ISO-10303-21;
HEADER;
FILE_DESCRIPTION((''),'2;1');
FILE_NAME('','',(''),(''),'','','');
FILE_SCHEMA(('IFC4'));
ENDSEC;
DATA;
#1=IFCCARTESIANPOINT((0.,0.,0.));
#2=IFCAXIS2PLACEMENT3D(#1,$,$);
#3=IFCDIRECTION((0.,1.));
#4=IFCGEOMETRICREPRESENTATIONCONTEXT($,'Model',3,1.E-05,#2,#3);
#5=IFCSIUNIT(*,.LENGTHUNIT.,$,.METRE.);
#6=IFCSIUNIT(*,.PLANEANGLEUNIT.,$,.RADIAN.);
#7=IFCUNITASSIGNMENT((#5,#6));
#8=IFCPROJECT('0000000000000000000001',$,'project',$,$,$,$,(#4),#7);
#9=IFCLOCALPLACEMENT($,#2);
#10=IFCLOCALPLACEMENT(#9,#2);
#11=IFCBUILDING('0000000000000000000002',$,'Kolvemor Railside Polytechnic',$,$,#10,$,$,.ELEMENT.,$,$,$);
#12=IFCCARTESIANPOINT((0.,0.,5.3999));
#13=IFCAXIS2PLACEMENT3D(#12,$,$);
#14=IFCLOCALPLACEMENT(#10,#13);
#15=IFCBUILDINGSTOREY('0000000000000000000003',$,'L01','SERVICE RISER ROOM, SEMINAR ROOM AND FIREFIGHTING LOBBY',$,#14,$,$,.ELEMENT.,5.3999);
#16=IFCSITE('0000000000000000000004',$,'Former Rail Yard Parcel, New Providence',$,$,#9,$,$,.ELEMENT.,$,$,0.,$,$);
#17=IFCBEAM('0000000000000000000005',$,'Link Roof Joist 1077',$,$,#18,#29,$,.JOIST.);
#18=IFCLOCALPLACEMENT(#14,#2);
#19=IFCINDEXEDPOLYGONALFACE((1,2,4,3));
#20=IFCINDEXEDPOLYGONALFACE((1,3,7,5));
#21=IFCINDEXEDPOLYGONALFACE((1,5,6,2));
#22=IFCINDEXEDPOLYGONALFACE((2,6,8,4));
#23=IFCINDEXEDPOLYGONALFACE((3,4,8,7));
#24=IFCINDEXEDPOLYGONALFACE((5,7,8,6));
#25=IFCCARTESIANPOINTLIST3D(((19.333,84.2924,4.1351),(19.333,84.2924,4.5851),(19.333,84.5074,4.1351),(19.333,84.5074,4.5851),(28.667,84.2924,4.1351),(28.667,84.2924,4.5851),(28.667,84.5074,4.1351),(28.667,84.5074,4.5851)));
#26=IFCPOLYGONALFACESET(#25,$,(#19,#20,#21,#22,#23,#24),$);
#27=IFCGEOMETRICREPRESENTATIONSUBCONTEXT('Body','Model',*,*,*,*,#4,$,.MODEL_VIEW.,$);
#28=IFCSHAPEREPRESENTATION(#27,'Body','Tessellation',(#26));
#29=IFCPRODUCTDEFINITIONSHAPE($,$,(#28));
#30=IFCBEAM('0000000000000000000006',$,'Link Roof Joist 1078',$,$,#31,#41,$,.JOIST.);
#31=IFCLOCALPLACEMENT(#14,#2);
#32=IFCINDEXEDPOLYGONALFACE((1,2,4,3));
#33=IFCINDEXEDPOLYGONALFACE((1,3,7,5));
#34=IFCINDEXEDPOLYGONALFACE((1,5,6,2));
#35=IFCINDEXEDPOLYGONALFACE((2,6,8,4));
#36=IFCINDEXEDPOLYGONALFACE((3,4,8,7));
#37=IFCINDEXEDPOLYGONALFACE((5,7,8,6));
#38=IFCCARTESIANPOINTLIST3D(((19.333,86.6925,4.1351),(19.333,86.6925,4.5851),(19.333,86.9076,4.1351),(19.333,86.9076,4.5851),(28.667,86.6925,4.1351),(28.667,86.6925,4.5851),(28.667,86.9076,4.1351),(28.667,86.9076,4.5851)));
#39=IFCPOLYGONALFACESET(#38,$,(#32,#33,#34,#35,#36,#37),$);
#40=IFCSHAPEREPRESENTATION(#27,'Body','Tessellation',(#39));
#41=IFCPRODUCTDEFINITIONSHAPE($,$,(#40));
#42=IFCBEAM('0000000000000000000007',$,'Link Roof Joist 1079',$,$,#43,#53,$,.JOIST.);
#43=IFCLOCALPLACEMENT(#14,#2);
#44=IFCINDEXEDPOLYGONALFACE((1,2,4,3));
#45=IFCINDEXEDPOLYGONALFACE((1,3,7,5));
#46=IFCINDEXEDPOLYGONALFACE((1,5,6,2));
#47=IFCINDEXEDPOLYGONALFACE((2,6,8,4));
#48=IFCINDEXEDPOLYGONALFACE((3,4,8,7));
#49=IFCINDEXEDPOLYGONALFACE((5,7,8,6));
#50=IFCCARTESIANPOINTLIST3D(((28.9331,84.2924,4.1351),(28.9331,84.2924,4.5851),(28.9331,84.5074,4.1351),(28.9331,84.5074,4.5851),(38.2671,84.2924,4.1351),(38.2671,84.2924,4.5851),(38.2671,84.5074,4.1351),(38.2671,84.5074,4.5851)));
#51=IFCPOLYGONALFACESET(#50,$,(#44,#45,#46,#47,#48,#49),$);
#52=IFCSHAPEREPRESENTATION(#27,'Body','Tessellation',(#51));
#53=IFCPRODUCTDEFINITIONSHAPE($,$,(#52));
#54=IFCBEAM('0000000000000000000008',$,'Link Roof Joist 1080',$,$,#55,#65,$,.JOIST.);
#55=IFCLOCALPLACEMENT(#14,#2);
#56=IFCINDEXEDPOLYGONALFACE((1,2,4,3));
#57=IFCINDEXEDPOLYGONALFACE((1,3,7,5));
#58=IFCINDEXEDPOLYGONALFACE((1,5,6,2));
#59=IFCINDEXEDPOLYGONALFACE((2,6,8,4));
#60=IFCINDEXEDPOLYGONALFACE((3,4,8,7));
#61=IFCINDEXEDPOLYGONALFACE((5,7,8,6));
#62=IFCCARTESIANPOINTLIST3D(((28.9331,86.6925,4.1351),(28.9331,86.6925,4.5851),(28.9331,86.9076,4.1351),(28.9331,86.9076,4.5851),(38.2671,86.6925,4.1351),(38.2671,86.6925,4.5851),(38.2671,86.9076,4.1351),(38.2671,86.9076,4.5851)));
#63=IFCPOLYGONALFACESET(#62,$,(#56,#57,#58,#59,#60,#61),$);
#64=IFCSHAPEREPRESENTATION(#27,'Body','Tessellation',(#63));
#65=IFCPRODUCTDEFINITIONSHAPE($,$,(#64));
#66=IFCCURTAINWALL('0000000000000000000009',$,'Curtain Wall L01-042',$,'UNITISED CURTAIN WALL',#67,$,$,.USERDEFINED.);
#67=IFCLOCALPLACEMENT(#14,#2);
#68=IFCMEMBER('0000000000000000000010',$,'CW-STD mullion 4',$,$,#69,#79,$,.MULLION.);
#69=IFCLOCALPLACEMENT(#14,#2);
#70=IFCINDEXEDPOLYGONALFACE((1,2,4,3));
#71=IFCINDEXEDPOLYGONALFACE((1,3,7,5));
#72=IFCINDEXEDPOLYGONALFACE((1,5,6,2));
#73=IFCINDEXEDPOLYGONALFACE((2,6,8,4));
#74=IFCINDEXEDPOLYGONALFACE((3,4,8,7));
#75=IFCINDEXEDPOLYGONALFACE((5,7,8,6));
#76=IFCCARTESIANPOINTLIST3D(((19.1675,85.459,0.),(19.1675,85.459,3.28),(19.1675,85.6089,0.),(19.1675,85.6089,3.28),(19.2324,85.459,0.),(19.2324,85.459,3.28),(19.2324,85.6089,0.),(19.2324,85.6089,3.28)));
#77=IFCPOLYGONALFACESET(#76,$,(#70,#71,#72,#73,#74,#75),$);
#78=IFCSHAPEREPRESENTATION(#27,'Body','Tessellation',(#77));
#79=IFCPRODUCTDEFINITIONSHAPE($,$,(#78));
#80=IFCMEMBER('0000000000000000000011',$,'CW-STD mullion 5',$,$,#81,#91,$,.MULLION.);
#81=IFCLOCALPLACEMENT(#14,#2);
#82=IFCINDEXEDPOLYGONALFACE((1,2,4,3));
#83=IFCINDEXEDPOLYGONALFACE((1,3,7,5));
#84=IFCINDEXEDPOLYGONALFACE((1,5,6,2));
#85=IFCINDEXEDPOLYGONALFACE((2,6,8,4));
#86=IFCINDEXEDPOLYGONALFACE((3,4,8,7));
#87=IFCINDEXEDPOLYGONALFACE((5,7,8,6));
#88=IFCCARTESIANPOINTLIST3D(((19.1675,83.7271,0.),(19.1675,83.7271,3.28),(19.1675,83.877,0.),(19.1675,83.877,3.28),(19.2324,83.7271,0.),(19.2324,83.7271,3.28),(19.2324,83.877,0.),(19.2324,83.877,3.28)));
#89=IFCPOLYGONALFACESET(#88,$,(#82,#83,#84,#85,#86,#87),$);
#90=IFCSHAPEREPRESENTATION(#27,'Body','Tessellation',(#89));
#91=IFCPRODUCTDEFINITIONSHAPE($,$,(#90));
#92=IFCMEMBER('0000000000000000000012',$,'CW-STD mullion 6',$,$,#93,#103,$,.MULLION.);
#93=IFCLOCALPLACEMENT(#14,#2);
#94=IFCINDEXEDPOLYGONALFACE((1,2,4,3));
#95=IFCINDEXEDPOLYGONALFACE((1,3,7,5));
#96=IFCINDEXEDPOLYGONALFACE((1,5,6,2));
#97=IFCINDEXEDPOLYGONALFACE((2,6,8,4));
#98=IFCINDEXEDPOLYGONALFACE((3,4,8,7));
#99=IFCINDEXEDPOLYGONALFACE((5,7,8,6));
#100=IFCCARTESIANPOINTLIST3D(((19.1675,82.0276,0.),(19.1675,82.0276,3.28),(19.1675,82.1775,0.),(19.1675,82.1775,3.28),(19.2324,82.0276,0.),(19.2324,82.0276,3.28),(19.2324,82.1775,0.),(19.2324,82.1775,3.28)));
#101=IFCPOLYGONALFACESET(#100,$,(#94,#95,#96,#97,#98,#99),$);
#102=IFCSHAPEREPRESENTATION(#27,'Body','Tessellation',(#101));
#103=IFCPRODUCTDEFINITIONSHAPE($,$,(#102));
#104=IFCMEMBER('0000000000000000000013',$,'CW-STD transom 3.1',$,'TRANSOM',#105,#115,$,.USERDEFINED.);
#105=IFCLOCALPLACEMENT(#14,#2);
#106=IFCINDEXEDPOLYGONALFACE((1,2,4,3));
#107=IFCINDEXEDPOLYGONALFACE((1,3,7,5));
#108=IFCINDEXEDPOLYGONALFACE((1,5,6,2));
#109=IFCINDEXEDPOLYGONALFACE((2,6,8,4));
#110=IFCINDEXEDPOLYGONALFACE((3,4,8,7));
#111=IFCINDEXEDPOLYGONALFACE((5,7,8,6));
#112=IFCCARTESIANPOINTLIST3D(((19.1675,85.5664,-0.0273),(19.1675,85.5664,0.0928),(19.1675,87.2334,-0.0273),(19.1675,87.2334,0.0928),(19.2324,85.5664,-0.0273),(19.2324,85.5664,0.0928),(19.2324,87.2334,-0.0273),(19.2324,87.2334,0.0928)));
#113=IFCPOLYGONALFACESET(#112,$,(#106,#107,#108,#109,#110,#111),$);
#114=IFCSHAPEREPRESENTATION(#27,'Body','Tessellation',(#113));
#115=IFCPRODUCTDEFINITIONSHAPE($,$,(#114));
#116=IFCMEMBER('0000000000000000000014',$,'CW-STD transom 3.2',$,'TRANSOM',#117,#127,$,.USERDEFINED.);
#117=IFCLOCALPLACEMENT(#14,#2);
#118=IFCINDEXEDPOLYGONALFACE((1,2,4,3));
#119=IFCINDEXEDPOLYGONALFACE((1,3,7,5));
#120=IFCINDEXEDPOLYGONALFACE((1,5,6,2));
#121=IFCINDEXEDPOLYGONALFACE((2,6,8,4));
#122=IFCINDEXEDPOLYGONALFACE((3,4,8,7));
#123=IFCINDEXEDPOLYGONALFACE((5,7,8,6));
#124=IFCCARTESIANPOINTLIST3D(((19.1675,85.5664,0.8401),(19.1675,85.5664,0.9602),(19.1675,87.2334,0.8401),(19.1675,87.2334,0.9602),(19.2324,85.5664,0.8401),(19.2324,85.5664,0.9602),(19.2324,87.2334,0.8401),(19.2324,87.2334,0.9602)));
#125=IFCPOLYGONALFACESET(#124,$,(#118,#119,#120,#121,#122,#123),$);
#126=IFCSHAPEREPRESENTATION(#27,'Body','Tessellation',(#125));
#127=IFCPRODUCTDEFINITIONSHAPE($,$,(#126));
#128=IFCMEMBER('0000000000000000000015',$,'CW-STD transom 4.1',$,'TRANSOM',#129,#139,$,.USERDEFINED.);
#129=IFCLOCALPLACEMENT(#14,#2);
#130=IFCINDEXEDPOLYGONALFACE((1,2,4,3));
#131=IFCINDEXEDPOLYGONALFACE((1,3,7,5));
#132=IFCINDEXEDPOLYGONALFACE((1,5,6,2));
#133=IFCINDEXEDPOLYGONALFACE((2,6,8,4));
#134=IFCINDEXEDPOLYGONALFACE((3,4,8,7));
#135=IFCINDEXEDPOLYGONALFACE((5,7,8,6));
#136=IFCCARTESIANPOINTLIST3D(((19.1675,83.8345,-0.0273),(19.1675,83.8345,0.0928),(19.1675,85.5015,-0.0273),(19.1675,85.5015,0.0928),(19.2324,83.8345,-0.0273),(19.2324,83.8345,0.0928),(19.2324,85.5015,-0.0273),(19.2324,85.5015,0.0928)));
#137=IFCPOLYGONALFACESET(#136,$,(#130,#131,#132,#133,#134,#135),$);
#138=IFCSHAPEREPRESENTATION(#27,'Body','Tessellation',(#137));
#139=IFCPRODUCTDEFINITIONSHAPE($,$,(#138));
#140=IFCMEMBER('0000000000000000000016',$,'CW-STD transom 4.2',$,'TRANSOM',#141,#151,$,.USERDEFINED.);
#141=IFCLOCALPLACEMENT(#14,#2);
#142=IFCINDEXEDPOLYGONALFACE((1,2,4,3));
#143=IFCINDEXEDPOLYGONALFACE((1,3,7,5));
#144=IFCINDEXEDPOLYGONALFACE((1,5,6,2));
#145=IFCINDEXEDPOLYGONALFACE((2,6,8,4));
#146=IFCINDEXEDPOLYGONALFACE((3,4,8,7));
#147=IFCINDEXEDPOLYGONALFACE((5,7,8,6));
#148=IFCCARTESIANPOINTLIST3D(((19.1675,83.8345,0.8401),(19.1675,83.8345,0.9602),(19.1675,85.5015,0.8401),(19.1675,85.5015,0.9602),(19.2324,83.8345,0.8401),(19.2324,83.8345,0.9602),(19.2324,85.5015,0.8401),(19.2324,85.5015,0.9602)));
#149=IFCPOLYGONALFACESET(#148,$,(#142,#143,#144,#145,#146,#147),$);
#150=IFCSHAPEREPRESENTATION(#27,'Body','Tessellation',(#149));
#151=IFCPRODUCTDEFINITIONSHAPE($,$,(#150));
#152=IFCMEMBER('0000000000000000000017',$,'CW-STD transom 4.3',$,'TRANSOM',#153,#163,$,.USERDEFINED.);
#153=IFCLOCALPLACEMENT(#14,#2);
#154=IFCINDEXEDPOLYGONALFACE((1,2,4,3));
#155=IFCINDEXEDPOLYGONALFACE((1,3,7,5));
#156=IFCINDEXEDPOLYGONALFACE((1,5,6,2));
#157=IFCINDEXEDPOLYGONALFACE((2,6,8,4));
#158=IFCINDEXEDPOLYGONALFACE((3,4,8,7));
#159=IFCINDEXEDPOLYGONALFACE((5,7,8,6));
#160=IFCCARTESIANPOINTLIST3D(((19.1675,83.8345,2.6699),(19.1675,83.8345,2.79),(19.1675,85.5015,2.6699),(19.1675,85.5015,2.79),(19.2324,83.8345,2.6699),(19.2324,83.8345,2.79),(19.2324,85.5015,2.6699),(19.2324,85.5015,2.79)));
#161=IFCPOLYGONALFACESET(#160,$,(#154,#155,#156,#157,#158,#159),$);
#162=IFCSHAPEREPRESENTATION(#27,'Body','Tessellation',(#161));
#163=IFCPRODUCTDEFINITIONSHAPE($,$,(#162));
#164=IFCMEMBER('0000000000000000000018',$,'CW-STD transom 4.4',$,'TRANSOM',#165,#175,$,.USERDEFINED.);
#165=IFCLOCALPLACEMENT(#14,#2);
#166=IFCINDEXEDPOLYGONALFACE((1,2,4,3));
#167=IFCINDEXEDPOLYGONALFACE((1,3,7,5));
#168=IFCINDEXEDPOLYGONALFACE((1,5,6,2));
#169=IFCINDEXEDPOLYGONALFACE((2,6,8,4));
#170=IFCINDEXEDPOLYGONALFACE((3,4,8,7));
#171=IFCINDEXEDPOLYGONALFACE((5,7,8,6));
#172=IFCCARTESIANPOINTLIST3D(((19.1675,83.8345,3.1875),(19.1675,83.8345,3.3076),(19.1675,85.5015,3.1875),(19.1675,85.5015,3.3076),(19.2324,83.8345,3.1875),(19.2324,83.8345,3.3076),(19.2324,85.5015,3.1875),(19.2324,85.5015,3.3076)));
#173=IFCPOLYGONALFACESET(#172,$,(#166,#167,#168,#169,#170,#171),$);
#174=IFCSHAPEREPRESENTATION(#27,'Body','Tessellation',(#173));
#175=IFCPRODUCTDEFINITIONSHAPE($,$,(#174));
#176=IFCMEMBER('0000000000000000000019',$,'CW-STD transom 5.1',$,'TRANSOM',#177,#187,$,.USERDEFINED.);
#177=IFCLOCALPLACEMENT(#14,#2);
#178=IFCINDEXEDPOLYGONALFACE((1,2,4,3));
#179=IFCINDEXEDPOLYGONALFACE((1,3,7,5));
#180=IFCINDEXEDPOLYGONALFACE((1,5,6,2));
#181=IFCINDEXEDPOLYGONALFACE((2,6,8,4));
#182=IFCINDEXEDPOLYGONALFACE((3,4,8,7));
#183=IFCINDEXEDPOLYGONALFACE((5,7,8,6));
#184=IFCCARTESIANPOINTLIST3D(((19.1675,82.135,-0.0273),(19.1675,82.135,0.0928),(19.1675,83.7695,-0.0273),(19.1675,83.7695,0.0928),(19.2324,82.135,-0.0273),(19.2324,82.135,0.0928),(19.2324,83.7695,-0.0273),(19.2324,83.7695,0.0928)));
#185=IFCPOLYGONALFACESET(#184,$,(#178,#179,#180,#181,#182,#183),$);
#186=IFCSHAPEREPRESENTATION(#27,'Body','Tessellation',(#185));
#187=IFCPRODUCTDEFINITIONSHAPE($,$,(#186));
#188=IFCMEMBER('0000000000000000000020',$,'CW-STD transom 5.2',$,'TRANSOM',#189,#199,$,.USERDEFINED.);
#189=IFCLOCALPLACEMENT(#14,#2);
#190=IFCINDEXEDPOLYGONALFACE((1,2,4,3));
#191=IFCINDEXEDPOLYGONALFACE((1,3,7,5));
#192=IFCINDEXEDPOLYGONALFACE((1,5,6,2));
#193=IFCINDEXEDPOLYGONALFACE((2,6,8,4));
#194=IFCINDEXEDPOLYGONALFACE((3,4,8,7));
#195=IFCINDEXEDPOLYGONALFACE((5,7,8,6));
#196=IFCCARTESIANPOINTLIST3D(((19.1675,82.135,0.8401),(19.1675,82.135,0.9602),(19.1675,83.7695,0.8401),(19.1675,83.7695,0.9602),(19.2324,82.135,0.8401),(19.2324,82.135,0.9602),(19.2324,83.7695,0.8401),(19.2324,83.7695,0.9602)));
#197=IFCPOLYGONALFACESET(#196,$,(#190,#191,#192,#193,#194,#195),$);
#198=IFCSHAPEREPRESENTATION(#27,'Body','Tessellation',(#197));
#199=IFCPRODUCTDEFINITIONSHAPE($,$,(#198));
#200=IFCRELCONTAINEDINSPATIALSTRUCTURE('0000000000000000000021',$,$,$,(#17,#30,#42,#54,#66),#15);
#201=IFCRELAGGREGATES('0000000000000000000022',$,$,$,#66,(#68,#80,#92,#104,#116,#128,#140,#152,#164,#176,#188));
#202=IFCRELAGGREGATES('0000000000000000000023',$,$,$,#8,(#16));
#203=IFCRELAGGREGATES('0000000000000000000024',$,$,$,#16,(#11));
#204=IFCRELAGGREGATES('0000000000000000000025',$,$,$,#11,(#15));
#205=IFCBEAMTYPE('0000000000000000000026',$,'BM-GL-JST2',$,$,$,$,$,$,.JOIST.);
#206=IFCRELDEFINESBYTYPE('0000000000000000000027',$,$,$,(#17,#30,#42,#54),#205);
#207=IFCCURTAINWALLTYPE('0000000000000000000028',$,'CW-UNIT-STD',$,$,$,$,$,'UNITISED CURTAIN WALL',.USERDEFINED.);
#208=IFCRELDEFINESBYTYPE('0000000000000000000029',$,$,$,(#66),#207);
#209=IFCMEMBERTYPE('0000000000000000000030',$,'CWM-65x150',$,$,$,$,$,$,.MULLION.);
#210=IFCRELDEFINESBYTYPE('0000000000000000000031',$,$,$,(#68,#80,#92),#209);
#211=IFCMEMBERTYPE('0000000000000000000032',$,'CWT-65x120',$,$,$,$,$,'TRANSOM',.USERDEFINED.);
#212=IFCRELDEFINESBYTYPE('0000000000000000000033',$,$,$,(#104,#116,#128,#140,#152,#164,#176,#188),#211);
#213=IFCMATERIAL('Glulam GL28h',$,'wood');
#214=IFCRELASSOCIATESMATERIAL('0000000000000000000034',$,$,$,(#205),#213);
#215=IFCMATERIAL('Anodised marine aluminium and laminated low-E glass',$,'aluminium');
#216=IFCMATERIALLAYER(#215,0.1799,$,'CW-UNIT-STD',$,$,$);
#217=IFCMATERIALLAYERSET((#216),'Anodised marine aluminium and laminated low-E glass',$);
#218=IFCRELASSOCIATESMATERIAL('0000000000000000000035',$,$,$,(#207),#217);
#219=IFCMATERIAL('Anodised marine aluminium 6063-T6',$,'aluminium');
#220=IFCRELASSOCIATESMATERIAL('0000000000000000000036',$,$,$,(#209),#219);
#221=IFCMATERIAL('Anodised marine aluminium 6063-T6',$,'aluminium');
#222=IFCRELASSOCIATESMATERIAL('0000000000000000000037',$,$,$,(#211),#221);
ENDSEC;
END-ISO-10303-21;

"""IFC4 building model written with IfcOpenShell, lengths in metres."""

from ifc_helpers import new_model, si_unit, direction, frame, origin, origin_2d, place, context, subcontext, project, spatial, rectangle, extrude, material, layer, layer_set, material_profile, profile_set, type_object, element, aggregate, save


model = new_model("IFC4")

# Units and contexts
model_context = context("Model", 3, precision=1e-05, world=origin(), true_north=direction((0.0, 1.0)))
body_context = subcontext(model_context, "Body", "Model", "MODEL_VIEW")
ifc_project = project(units=[si_unit("LENGTHUNIT", "METRE"), si_unit("PLANEANGLEUNIT", "RADIAN")], contexts=[model_context])

# Site, building, storey
site_placement = place(None, origin())
site = spatial("IfcSite", under=ifc_project, at=site_placement, Name="Former Rail Yard Parcel, New Providence", CompositionType="ELEMENT", RefElevation=0.0)
building_placement = place(site_placement, origin())
building = spatial("IfcBuilding", under=site, at=building_placement, Name="Kolvemor Railside Polytechnic", CompositionType="ELEMENT")
storey_placement = place(building_placement, frame((0.0, 0.0, 5.3999)))
storey = spatial("IfcBuildingStorey", under=building, at=storey_placement, Name="L01", Description="SERVICE RISER ROOM, SEMINAR ROOM AND FIREFIGHTING LOBBY", CompositionType="ELEMENT", Elevation=5.3999)

# Beams
ifc_material_1 = material(Name="Glulam GL28h", Category="wood")
ifc_material_profile_1 = material_profile(ifc_material_1, rectangle(XDim=0.2151, YDim=0.45, at=origin_2d()), Name="GL215x450")
ifc_profile_set_1 = profile_set([ifc_material_profile_1], Name="Glulam GL28h")
beam_type = type_object("IfcBeamType", Name="BM-GL-JST2", PredefinedType="JOIST", material=ifc_profile_set_1)
for number, where, z_axis, x_axis, name in (
    (1, (19.333, 84.3999, 4.3601), (1.0, 0.0, 0.0), (0.0, 1.0, 0.0), "Link Roof Joist 1077"),
    (2, (19.333, 86.8, 4.3601), (1.0, 0.0, 0.0), (0.0, 1.0, 0.0), "Link Roof Joist 1078"),
    (3, (28.9331, 84.3999, 4.3601), (1.0, 0.0, 0.0), (0.0, 1.0, 0.0), "Link Roof Joist 1079"),
    (4, (28.9331, 86.8, 4.3601), (1.0, 0.0, 0.0), (0.0, 1.0, 0.0), "Link Roof Joist 1080"),
):
    element("IfcBeam", number, at=place(storey_placement, frame(where, z_axis=z_axis, x_axis=x_axis)), inside=storey, type_object=beam_type, Name=name, PredefinedType="JOIST", context=body_context, shape_type="SweptSolid", body=[
        extrude(rectangle(XDim=0.2151, YDim=0.45, at=origin_2d()), origin(), (0.0, 0.0, 1.0), 9.334),
    ])

# Curtain wall, members
ifc_material_2 = material(Name="Anodised marine aluminium and laminated low-E glass", Category="aluminium")
ifc_layer_1 = layer(ifc_material_2, 0.1799, Name="CW-UNIT-STD")
ifc_layer_set_1 = layer_set([ifc_layer_1], Name="Anodised marine aluminium and laminated low-E glass")
curtain_wall_type = type_object("IfcCurtainWallType", Name="CW-UNIT-STD", ElementType="UNITISED CURTAIN WALL", PredefinedType="USERDEFINED", material=ifc_layer_set_1)
curtain_wall_1_placement = place(storey_placement, origin())
curtain_wall_1 = element("IfcCurtainWall", 5, at=curtain_wall_1_placement, inside=storey, type_object=curtain_wall_type, Name="Curtain Wall L01-042", ObjectType="UNITISED CURTAIN WALL", PredefinedType="USERDEFINED")
ifc_material_3 = material(Name="Anodised marine aluminium 6063-T6", Category="aluminium")
ifc_material_profile_2 = material_profile(ifc_material_3, rectangle(XDim=0.0649, YDim=0.1499, at=origin_2d()), Name="CW-MUL-65x150")
ifc_profile_set_2 = profile_set([ifc_material_profile_2], Name="Anodised marine aluminium 6063-T6")
member_type_1 = type_object("IfcMemberType", Name="CWM-65x150", PredefinedType="MULLION", material=ifc_profile_set_2)
member_1_placement = place(storey_placement, frame((19.2, 85.5339, 0.0), z_axis=(0.0, 0.0, 1.0), x_axis=(1.0, 0.0, 0.0)))
member_1 = element("IfcMember", 6, at=member_1_placement, type_object=member_type_1, Name="CW-STD mullion 4", PredefinedType="MULLION", context=body_context, shape_type="SweptSolid", body=[
    extrude(rectangle(XDim=0.0649, YDim=0.1499, at=origin_2d()), origin(), (0.0, 0.0, 1.0), 3.28),
])
member_2_placement = place(storey_placement, frame((19.2, 83.802, 0.0), z_axis=(0.0, 0.0, 1.0), x_axis=(1.0, 0.0, 0.0)))
member_2 = element("IfcMember", 7, at=member_2_placement, type_object=member_type_1, Name="CW-STD mullion 5", PredefinedType="MULLION", context=body_context, shape_type="SweptSolid", body=[
    extrude(rectangle(XDim=0.0649, YDim=0.1499, at=origin_2d()), origin(), (0.0, 0.0, 1.0), 3.28),
])
member_3_placement = place(storey_placement, frame((19.2, 82.1025, 0.0), z_axis=(0.0, 0.0, 1.0), x_axis=(1.0, 0.0, 0.0)))
member_3 = element("IfcMember", 8, at=member_3_placement, type_object=member_type_1, Name="CW-STD mullion 6", PredefinedType="MULLION", context=body_context, shape_type="SweptSolid", body=[
    extrude(rectangle(XDim=0.0649, YDim=0.1499, at=origin_2d()), origin(), (0.0, 0.0, 1.0), 3.28),
])
ifc_material_4 = material(Name="Anodised marine aluminium 6063-T6", Category="aluminium")
ifc_material_profile_3 = material_profile(ifc_material_4, rectangle(XDim=0.0649, YDim=0.1201, at=origin_2d()), Name="CW-TRN-65x120")
ifc_profile_set_3 = profile_set([ifc_material_profile_3], Name="Anodised marine aluminium 6063-T6")
member_type_2 = type_object("IfcMemberType", Name="CWT-65x120", ElementType="TRANSOM", PredefinedType="USERDEFINED", material=ifc_profile_set_3)
member_4_placement = place(storey_placement, frame((19.2, 87.2334, 0.0327), z_axis=(0.0, -1.0, 0.0), x_axis=(1.0, 0.0, 0.0)))
member_4 = element("IfcMember", 9, at=member_4_placement, type_object=member_type_2, Name="CW-STD transom 3.1", ObjectType="TRANSOM", PredefinedType="USERDEFINED", context=body_context, shape_type="SweptSolid", body=[
    extrude(rectangle(XDim=0.0649, YDim=0.1201, at=origin_2d()), origin(), (0.0, 0.0, 1.0), 1.667),
])
member_5_placement = place(storey_placement, frame((19.2, 87.2334, 0.9001), z_axis=(0.0, -1.0, 0.0), x_axis=(1.0, 0.0, 0.0)))
member_5 = element("IfcMember", 10, at=member_5_placement, type_object=member_type_2, Name="CW-STD transom 3.2", ObjectType="TRANSOM", PredefinedType="USERDEFINED", context=body_context, shape_type="SweptSolid", body=[
    extrude(rectangle(XDim=0.0649, YDim=0.1201, at=origin_2d()), origin(), (0.0, 0.0, 1.0), 1.667),
])
member_6_placement = place(storey_placement, frame((19.2, 85.5015, 0.0327), z_axis=(0.0, -1.0, 0.0), x_axis=(1.0, 0.0, 0.0)))
member_6 = element("IfcMember", 11, at=member_6_placement, type_object=member_type_2, Name="CW-STD transom 4.1", ObjectType="TRANSOM", PredefinedType="USERDEFINED", context=body_context, shape_type="SweptSolid", body=[
    extrude(rectangle(XDim=0.0649, YDim=0.1201, at=origin_2d()), origin(), (0.0, 0.0, 1.0), 1.667),
])
member_7_placement = place(storey_placement, frame((19.2, 85.5015, 0.9001), z_axis=(0.0, -1.0, 0.0), x_axis=(1.0, 0.0, 0.0)))
member_7 = element("IfcMember", 12, at=member_7_placement, type_object=member_type_2, Name="CW-STD transom 4.2", ObjectType="TRANSOM", PredefinedType="USERDEFINED", context=body_context, shape_type="SweptSolid", body=[
    extrude(rectangle(XDim=0.0649, YDim=0.1201, at=origin_2d()), origin(), (0.0, 0.0, 1.0), 1.667),
])
member_8_placement = place(storey_placement, frame((19.2, 85.5015, 2.73), z_axis=(0.0, -1.0, 0.0), x_axis=(1.0, 0.0, 0.0)))
member_8 = element("IfcMember", 13, at=member_8_placement, type_object=member_type_2, Name="CW-STD transom 4.3", ObjectType="TRANSOM", PredefinedType="USERDEFINED", context=body_context, shape_type="SweptSolid", body=[
    extrude(rectangle(XDim=0.0649, YDim=0.1201, at=origin_2d()), origin(), (0.0, 0.0, 1.0), 1.667),
])
member_9_placement = place(storey_placement, frame((19.2, 85.5015, 3.2476), z_axis=(0.0, -1.0, 0.0), x_axis=(1.0, 0.0, 0.0)))
member_9 = element("IfcMember", 14, at=member_9_placement, type_object=member_type_2, Name="CW-STD transom 4.4", ObjectType="TRANSOM", PredefinedType="USERDEFINED", context=body_context, shape_type="SweptSolid", body=[
    extrude(rectangle(XDim=0.0649, YDim=0.1201, at=origin_2d()), origin(), (0.0, 0.0, 1.0), 1.667),
])
member_10_placement = place(storey_placement, frame((19.2, 83.7695, 0.0327), z_axis=(0.0, -1.0, 0.0), x_axis=(1.0, 0.0, 0.0)))
member_10 = element("IfcMember", 15, at=member_10_placement, type_object=member_type_2, Name="CW-STD transom 5.1", ObjectType="TRANSOM", PredefinedType="USERDEFINED", context=body_context, shape_type="SweptSolid", body=[
    extrude(rectangle(XDim=0.0649, YDim=0.1201, at=origin_2d()), origin(), (0.0, 0.0, 1.0), 1.6345),
])
member_11_placement = place(storey_placement, frame((19.2, 83.7695, 0.9001), z_axis=(0.0, -1.0, 0.0), x_axis=(1.0, 0.0, 0.0)))
member_11 = element("IfcMember", 16, at=member_11_placement, type_object=member_type_2, Name="CW-STD transom 5.2", ObjectType="TRANSOM", PredefinedType="USERDEFINED", context=body_context, shape_type="SweptSolid", body=[
    extrude(rectangle(XDim=0.0649, YDim=0.1201, at=origin_2d()), origin(), (0.0, 0.0, 1.0), 1.6345),
])

aggregate(curtain_wall_1, [member_1, member_2, member_3, member_4, member_5, member_6, member_7, member_8, member_9, member_10, member_11])

save(model, "model.ifc")
